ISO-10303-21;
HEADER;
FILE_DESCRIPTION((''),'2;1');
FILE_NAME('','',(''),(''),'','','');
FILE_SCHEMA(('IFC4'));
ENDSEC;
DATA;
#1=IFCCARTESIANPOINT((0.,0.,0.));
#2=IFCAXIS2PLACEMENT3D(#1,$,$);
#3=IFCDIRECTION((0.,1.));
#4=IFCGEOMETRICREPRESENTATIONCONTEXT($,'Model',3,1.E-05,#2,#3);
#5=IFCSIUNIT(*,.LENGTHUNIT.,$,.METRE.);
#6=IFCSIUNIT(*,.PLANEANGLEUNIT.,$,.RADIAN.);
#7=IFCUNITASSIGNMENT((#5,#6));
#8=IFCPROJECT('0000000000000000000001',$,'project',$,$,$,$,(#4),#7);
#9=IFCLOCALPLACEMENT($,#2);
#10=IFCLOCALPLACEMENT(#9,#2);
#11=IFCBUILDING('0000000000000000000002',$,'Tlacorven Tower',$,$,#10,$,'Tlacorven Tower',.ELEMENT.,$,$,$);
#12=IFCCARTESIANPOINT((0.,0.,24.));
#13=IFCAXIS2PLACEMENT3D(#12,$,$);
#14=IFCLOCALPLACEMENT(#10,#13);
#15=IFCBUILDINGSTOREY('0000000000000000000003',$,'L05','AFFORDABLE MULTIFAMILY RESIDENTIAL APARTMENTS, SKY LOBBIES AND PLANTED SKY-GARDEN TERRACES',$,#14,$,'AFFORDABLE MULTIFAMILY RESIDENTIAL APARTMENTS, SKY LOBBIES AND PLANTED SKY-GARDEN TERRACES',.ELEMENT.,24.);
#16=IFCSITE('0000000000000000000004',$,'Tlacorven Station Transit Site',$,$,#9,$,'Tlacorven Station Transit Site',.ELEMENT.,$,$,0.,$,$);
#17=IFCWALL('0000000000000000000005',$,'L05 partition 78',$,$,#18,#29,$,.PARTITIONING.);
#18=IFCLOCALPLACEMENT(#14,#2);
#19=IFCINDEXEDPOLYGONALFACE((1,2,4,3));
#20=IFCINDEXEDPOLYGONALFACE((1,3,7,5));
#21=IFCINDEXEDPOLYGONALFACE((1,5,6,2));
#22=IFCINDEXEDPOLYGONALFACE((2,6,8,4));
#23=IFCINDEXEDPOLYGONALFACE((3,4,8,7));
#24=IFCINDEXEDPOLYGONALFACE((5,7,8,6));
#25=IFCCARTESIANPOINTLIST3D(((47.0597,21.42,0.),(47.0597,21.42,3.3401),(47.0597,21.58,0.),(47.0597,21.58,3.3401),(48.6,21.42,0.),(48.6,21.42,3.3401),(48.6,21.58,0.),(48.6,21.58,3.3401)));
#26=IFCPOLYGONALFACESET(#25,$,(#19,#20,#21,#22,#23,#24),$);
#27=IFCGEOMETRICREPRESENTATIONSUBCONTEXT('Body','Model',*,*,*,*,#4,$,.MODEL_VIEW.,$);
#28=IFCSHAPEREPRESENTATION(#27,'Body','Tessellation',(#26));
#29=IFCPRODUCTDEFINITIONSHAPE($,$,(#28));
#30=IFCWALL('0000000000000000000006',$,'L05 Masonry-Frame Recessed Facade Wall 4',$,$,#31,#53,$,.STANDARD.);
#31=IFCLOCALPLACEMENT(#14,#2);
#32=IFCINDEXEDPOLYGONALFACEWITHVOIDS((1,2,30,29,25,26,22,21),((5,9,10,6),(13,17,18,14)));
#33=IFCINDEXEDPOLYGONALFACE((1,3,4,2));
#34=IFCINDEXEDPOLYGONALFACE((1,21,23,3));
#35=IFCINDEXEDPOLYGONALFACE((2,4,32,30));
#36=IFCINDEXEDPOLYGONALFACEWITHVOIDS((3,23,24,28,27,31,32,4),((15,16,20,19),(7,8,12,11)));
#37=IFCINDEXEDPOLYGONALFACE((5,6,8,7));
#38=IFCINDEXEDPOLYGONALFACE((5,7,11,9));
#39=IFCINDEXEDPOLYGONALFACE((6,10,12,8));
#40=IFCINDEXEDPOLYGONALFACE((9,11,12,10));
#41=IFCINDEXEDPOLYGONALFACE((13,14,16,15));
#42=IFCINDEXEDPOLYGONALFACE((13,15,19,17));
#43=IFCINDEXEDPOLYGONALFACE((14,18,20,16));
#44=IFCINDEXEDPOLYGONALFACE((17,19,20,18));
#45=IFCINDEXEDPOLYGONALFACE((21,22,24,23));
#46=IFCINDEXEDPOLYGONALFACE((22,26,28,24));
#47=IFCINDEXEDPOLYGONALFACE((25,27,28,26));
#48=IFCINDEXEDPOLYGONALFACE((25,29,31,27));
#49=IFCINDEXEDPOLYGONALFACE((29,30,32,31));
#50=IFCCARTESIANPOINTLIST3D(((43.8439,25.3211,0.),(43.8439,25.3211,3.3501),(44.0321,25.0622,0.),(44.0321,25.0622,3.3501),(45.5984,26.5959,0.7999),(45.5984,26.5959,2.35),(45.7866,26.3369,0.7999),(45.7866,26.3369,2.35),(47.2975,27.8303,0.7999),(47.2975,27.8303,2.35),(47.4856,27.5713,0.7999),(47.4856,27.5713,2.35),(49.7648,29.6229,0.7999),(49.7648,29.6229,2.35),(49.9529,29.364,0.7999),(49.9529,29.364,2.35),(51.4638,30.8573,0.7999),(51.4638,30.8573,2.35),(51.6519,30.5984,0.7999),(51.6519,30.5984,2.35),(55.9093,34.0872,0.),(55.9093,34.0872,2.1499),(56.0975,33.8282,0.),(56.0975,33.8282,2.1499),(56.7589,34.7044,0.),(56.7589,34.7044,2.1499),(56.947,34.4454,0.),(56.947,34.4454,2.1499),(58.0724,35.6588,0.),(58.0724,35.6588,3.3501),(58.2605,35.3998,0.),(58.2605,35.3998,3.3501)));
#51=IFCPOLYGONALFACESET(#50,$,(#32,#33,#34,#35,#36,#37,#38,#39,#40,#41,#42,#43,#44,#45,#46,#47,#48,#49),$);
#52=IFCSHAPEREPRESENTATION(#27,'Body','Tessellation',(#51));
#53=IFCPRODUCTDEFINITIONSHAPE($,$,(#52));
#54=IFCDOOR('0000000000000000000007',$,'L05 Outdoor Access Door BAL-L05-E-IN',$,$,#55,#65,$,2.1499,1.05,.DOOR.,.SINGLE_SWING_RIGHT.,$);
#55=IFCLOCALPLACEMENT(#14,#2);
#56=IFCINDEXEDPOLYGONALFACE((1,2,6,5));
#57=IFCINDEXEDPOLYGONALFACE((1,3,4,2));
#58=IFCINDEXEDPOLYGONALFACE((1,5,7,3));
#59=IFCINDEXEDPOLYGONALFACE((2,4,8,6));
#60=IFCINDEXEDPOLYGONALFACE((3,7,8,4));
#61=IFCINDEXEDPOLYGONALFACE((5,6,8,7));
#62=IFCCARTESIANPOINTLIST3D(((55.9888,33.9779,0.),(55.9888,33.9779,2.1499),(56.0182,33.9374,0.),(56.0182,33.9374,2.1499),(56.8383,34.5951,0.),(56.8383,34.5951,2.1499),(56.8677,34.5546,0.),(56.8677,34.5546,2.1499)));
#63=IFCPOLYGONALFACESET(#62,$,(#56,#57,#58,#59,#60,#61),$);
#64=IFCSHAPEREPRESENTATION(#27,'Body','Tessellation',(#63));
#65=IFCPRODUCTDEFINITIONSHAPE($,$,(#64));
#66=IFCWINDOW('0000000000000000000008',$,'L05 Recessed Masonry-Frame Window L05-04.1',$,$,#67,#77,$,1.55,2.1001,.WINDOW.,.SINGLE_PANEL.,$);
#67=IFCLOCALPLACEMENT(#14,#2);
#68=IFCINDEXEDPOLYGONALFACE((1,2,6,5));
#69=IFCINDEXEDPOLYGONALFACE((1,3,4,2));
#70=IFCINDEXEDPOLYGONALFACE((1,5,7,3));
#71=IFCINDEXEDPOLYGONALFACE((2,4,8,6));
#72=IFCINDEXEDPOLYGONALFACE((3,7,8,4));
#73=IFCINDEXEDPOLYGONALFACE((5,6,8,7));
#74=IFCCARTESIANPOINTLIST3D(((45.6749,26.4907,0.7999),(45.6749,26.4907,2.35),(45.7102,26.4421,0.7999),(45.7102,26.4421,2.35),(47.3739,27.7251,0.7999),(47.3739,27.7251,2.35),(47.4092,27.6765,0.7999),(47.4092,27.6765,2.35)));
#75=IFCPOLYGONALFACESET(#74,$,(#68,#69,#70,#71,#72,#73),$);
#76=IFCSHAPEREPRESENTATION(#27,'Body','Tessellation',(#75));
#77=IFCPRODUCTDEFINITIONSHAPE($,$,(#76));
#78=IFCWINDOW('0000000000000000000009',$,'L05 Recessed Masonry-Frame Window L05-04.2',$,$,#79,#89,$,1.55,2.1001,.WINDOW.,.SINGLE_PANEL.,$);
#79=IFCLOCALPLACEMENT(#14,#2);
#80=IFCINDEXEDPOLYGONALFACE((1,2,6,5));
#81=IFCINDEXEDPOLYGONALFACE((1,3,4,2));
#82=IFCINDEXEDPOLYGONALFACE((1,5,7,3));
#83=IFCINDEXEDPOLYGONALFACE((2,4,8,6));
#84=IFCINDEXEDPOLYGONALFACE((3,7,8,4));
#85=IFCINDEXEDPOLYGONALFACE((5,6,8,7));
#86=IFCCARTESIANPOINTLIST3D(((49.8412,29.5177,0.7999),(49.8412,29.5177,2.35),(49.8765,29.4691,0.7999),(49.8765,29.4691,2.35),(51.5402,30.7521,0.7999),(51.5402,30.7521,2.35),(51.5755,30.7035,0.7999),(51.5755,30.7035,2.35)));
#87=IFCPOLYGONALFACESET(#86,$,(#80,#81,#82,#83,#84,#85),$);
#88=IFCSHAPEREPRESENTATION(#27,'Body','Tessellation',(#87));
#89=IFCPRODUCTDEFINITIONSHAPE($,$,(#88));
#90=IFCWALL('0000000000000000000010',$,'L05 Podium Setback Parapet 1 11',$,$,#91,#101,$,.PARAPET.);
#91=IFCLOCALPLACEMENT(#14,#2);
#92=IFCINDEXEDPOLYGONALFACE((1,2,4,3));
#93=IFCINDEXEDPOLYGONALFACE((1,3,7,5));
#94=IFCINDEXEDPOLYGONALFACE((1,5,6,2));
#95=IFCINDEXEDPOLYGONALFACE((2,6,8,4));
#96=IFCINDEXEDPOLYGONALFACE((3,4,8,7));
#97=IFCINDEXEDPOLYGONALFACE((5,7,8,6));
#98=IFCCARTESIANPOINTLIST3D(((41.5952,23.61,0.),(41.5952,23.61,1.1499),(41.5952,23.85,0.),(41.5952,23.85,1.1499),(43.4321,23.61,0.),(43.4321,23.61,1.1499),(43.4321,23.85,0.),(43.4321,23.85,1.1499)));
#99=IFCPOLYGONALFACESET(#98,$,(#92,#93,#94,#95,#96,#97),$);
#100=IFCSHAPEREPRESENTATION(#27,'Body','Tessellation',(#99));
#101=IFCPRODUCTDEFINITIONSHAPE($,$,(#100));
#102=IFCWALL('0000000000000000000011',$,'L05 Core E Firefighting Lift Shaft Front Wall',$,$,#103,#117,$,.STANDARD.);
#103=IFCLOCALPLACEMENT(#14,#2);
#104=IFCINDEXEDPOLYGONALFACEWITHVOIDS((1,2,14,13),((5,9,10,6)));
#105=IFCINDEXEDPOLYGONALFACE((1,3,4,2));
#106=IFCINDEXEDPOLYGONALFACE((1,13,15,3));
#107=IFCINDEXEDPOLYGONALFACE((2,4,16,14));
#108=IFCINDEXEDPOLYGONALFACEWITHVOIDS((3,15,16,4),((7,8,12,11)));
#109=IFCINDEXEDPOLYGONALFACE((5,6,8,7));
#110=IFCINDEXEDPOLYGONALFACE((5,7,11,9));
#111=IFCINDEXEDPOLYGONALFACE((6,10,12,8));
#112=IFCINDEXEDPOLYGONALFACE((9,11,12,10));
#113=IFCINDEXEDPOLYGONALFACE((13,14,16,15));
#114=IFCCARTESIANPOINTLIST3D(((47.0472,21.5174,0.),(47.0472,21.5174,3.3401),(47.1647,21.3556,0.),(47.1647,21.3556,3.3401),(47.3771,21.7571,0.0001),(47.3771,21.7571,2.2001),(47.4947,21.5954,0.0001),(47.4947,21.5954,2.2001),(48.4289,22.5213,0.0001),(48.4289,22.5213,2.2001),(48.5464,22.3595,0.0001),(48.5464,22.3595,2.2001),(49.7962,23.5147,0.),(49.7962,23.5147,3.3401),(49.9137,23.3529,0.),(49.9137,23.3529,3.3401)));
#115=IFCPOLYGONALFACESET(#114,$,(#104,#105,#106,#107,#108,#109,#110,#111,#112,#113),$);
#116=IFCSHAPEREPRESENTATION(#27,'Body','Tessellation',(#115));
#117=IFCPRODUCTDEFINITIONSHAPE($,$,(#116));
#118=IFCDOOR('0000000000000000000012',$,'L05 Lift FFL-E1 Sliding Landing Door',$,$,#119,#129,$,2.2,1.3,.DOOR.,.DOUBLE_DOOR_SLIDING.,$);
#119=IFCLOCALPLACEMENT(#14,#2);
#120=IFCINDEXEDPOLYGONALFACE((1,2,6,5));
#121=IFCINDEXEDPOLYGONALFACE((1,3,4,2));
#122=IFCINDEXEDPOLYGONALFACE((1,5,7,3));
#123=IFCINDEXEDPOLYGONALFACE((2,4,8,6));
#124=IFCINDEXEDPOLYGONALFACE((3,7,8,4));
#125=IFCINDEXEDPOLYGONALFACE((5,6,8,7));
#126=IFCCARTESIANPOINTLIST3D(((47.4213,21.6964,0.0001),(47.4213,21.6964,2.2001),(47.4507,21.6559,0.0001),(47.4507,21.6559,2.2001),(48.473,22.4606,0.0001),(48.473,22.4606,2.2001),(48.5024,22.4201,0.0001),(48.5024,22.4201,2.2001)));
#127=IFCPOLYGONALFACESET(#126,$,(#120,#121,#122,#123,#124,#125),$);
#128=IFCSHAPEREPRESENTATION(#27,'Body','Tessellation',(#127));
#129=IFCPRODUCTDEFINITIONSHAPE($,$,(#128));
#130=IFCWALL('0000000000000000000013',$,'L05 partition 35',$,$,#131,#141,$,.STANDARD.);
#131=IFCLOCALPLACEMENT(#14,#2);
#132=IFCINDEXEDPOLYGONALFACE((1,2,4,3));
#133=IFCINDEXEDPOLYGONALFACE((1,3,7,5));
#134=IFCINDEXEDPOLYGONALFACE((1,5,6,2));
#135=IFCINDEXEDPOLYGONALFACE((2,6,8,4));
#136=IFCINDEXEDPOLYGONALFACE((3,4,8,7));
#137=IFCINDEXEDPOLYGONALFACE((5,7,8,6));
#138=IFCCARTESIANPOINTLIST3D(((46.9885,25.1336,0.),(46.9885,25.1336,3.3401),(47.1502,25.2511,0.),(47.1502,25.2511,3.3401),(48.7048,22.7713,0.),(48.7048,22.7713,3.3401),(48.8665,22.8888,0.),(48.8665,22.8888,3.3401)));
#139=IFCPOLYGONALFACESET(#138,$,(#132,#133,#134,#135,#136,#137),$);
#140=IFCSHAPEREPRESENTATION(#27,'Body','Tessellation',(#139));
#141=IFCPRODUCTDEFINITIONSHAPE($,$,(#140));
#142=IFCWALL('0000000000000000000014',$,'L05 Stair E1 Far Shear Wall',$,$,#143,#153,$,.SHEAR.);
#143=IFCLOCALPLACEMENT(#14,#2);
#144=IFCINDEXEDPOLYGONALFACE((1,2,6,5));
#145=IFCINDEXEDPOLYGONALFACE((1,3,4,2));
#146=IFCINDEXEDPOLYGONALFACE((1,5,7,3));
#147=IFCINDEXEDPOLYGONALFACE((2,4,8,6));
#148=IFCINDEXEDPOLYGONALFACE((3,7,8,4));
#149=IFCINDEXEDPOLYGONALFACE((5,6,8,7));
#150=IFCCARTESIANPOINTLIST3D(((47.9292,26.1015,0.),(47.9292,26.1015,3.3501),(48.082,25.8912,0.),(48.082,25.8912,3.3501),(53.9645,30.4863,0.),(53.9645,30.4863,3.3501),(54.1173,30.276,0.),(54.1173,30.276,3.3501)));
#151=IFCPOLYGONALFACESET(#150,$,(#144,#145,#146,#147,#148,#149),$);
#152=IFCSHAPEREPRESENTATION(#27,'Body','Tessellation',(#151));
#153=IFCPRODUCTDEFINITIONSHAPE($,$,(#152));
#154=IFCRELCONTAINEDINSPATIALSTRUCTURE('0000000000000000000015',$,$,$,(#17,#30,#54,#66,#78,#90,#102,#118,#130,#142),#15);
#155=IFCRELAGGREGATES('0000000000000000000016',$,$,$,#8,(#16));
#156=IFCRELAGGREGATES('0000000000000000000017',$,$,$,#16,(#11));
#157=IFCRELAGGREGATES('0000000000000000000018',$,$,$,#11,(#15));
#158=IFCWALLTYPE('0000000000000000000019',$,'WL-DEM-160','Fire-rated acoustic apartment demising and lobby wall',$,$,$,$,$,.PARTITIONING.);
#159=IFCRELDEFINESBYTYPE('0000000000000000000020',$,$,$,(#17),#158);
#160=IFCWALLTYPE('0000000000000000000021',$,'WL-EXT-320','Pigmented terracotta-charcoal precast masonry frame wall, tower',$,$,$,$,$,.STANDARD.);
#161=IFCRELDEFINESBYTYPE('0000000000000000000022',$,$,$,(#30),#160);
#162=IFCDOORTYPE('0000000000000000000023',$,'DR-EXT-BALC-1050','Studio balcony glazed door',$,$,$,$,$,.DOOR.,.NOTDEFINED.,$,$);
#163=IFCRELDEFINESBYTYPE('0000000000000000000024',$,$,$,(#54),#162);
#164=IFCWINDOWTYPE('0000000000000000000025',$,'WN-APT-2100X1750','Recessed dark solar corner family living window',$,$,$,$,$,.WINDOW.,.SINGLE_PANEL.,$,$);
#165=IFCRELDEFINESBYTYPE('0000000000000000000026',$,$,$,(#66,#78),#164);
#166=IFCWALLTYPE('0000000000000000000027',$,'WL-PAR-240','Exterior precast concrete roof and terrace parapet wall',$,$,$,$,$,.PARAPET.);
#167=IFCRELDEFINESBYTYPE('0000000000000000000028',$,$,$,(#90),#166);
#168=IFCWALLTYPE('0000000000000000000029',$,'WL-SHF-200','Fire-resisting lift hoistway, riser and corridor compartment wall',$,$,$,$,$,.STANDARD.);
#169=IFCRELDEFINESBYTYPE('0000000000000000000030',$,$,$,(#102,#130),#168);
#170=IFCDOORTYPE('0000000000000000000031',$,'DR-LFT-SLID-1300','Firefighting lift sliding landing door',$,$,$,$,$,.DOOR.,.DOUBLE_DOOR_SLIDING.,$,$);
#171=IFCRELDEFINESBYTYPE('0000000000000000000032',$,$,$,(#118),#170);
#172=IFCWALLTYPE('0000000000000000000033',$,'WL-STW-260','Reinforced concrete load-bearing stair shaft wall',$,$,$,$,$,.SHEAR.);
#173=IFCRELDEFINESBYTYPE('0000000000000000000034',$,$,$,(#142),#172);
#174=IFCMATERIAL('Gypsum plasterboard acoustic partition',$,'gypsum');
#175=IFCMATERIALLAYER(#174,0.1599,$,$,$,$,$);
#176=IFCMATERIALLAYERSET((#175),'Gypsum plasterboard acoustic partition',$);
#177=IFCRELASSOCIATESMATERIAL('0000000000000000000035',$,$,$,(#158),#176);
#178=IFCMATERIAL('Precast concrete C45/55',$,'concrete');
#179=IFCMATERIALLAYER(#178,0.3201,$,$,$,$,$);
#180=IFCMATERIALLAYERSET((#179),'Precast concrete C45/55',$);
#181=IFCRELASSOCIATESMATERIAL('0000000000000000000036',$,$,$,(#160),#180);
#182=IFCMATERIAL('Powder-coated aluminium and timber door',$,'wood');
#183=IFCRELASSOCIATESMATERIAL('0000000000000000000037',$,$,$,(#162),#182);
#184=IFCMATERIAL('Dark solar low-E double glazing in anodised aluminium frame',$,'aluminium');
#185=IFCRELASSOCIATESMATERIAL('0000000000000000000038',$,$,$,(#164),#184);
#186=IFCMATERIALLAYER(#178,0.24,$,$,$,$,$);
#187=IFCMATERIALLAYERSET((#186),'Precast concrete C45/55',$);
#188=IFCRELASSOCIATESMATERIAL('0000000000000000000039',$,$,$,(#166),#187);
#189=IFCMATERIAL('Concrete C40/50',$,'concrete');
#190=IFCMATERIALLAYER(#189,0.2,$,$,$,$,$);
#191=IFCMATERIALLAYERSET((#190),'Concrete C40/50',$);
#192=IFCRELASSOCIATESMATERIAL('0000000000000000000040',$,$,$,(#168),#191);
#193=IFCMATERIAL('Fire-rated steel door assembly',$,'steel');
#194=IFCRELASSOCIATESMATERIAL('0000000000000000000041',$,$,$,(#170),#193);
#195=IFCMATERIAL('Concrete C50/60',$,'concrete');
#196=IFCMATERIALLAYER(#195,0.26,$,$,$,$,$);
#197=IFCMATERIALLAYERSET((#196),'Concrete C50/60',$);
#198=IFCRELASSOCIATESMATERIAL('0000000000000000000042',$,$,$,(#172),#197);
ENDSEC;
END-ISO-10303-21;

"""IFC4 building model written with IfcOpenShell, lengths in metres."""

from ifc_helpers import new_model, si_unit, direction, frame, frame_2d, origin, place, context, subcontext, project, spatial, rectangle, extrude, source, transform, mapped, material, layer, layer_set, type_object, element, fill, save


model = new_model("IFC4")

# Units and contexts
model_context = context("Model", 3, precision=1e-05, world=origin(), true_north=direction((0.0, 1.0)))
body_context = subcontext(model_context, "Body", "Model", "MODEL_VIEW")
ifc_project = project(units=[si_unit("LENGTHUNIT", "METRE"), si_unit("PLANEANGLEUNIT", "RADIAN")], contexts=[model_context])

# Site, building, storey
site_placement = place(None, origin())
site = spatial("IfcSite", under=ifc_project, at=site_placement, Name="Tlacorven Station Transit Site", LongName="Tlacorven Station Transit Site", CompositionType="ELEMENT", RefElevation=0.0)
building_placement = place(site_placement, origin())
building = spatial("IfcBuilding", under=site, at=building_placement, Name="Tlacorven Tower", LongName="Tlacorven Tower", CompositionType="ELEMENT")
storey_placement = place(building_placement, frame((0.0, 0.0, 24.0)))
storey = spatial("IfcBuildingStorey", under=building, at=storey_placement, Name="L05", Description="AFFORDABLE MULTIFAMILY RESIDENTIAL APARTMENTS, SKY LOBBIES AND PLANTED SKY-GARDEN TERRACES", LongName="AFFORDABLE MULTIFAMILY RESIDENTIAL APARTMENTS, SKY LOBBIES AND PLANTED SKY-GARDEN TERRACES", CompositionType="ELEMENT", Elevation=24.0)

# Wall
ifc_material_1 = material(Name="Gypsum plasterboard acoustic partition", Category="gypsum")
ifc_layer_1 = layer(ifc_material_1, 0.1599)
ifc_layer_set_1 = layer_set([ifc_layer_1], Name="Gypsum plasterboard acoustic partition")
wall_type_1 = type_object("IfcWallType", Name="WL-DEM-160", Description="Fire-rated acoustic apartment demising and lobby wall", PredefinedType="PARTITIONING", material=ifc_layer_set_1)
wall_1_placement = place(storey_placement, frame((47.0598, 21.5, 0.0), z_axis=(0.0, 0.0, 1.0), x_axis=(1.0, 0.0, 0.0)))
element("IfcWall", 1, at=wall_1_placement, inside=storey, type_object=wall_type_1, Name="L05 partition 78", PredefinedType="PARTITIONING", context=body_context, shape_type="SweptSolid", body=[
    extrude(rectangle(XDim=1.5403, YDim=0.1599, at=frame_2d((0.77, 0.0))), origin(), (0.0, 0.0, 1.0), 3.3401),
])

# Wall, openings, door, windows
ifc_material_2 = material(Name="Precast concrete C45/55", Category="concrete")
ifc_layer_2 = layer(ifc_material_2, 0.3201)
ifc_layer_set_2 = layer_set([ifc_layer_2], Name="Precast concrete C45/55")
wall_type_2 = type_object("IfcWallType", Name="WL-EXT-320", Description="Pigmented terracotta-charcoal precast masonry frame wall, tower", PredefinedType="STANDARD", material=ifc_layer_set_2)
wall_2_placement = place(storey_placement, frame((43.938, 25.1917, 0.0), z_axis=(0.0, 0.0, 1.0), x_axis=(0.809016, 0.587786, 0.0)))
wall_2 = element("IfcWall", 2, at=wall_2_placement, inside=storey, type_object=wall_type_2, Name="L05 Masonry-Frame Recessed Facade Wall 4", PredefinedType="STANDARD", context=body_context, shape_type="SweptSolid", body=[
    extrude(rectangle(XDim=17.5874, YDim=0.3201, at=frame_2d((8.7937, 0.0))), origin(), (0.0, 0.0, 1.0), 3.3501),
])
opening_1_placement = place(wall_2_placement, frame((14.9138, 0.0, 0.0)))
opening_1 = element("IfcOpeningElement", 3, at=opening_1_placement, cuts=wall_2, PredefinedType="OPENING", context=body_context, shape_type="SweptSolid", body=[
    extrude(rectangle(XDim=1.05, YDim=2.1499, at=frame_2d((0.5249, 1.075))), frame((0.0, 0.1699, 0.0), z_axis=(0.0, -1.0, 0.0), x_axis=(1.0, 0.0, 0.0)), (0.0, 0.0, 1.0), 0.3401),
])
opening_2_placement = place(wall_2_placement, frame((2.1687, 0.0, 0.8)))
opening_2 = element("IfcOpeningElement", 4, at=opening_2_placement, cuts=wall_2, PredefinedType="OPENING", context=body_context, shape_type="SweptSolid", body=[
    extrude(rectangle(XDim=2.1001, YDim=1.55, at=frame_2d((1.05, 0.7749))), frame((0.0, 0.1699, 0.0), z_axis=(0.0, -1.0, 0.0), x_axis=(1.0, 0.0, 0.0)), (0.0, 0.0, 1.0), 0.3401),
])
opening_3_placement = place(wall_2_placement, frame((7.3186, 0.0, 0.8)))
opening_3 = element("IfcOpeningElement", 5, at=opening_3_placement, cuts=wall_2, PredefinedType="OPENING", context=body_context, shape_type="SweptSolid", body=[
    extrude(rectangle(XDim=2.1001, YDim=1.55, at=frame_2d((1.05, 0.7749))), frame((0.0, 0.1699, 0.0), z_axis=(0.0, -1.0, 0.0), x_axis=(1.0, 0.0, 0.0)), (0.0, 0.0, 1.0), 0.3401),
])
ifc_material_3 = material(Name="Powder-coated aluminium and timber door", Category="wood")
door_type_1 = type_object("IfcDoorType", Name="DR-EXT-BALC-1050", Description="Studio balcony glazed door", OperationType="NOTDEFINED", PredefinedType="DOOR", material=ifc_material_3)
shared_shape_1 = source(origin(), body_context, "Body", "SweptSolid", [
    extrude(rectangle(XDim=1.05, YDim=2.1499, at=frame_2d((0.5249, 1.075))), frame((0.0, 0.0249, 0.0), z_axis=(0.0, -1.0, 0.0), x_axis=(1.0, 0.0, 0.0)), (0.0, 0.0, 1.0), 0.05),
])
door_1_placement = place(opening_1_placement, origin())
door_1 = element("IfcDoor", 6, at=door_1_placement, inside=storey, type_object=door_type_1, Name="L05 Outdoor Access Door BAL-L05-E-IN", OperationType="SINGLE_SWING_RIGHT", OverallHeight=2.1499, OverallWidth=1.05, PredefinedType="DOOR", context=body_context, shape_type="MappedRepresentation", body=[
    mapped(shared_shape_1, transform((0.0, 0.0, 0.0), scale=1.0)),
])
fill(opening_1, door_1)
ifc_material_4 = material(Name="Dark solar low-E double glazing in anodised aluminium frame", Category="aluminium")
window_type = type_object("IfcWindowType", Name="WN-APT-2100X1750", Description="Recessed dark solar corner family living window", PartitioningType="SINGLE_PANEL", PredefinedType="WINDOW", material=ifc_material_4)
shared_shape_2 = source(origin(), body_context, "Body", "SweptSolid", [
    extrude(rectangle(XDim=2.1001, YDim=1.55, at=frame_2d((1.05, 0.7749))), frame((0.0, 0.03, 0.0), z_axis=(0.0, -1.0, 0.0), x_axis=(1.0, 0.0, 0.0)), (0.0, 0.0, 1.0), 0.0601),
])
window_1_placement = place(opening_2_placement, origin())
window_1 = element("IfcWindow", 7, at=window_1_placement, inside=storey, type_object=window_type, Name="L05 Recessed Masonry-Frame Window L05-04.1", OverallHeight=1.55, OverallWidth=2.1001, PartitioningType="SINGLE_PANEL", PredefinedType="WINDOW", context=body_context, shape_type="MappedRepresentation", body=[
    mapped(shared_shape_2, transform((0.0, 0.0, 0.0), scale=1.0)),
])
fill(opening_2, window_1)
window_2_placement = place(opening_3_placement, origin())
window_2 = element("IfcWindow", 8, at=window_2_placement, inside=storey, type_object=window_type, Name="L05 Recessed Masonry-Frame Window L05-04.2", OverallHeight=1.55, OverallWidth=2.1001, PartitioningType="SINGLE_PANEL", PredefinedType="WINDOW", context=body_context, shape_type="MappedRepresentation", body=[
    mapped(shared_shape_2, transform((0.0, 0.0, 0.0), scale=1.0)),
])
fill(opening_3, window_2)

# Wall
ifc_layer_3 = layer(ifc_material_2, 0.24)
ifc_layer_set_3 = layer_set([ifc_layer_3], Name="Precast concrete C45/55")
wall_type_3 = type_object("IfcWallType", Name="WL-PAR-240", Description="Exterior precast concrete roof and terrace parapet wall", PredefinedType="PARAPET", material=ifc_layer_set_3)
wall_3_placement = place(storey_placement, frame((43.4321, 23.73, 0.0), z_axis=(0.0, 0.0, 1.0), x_axis=(-1.0, 0.0, 0.0)))
element("IfcWall", 9, at=wall_3_placement, inside=storey, type_object=wall_type_3, Name="L05 Podium Setback Parapet 1 11", PredefinedType="PARAPET", context=body_context, shape_type="SweptSolid", body=[
    extrude(rectangle(XDim=1.8369, YDim=0.24, at=frame_2d((0.9185, 0.0))), origin(), (0.0, 0.0, 1.0), 1.1499),
])

# Wall, opening, door
ifc_material_5 = material(Name="Concrete C40/50", Category="concrete")
ifc_layer_4 = layer(ifc_material_5, 0.2)
ifc_layer_set_4 = layer_set([ifc_layer_4], Name="Concrete C40/50")
wall_type_4 = type_object("IfcWallType", Name="WL-SHF-200", Description="Fire-resisting lift hoistway, riser and corridor compartment wall", PredefinedType="STANDARD", material=ifc_layer_set_4)
wall_4_placement = place(storey_placement, frame((47.106, 21.4365, 0.0), z_axis=(0.0, 0.0, 1.0), x_axis=(0.809013, 0.587791, 0.0)))
wall_4 = element("IfcWall", 10, at=wall_4_placement, inside=storey, type_object=wall_type_4, Name="L05 Core E Firefighting Lift Shaft Front Wall", PredefinedType="STANDARD", context=body_context, shape_type="SweptSolid", body=[
    extrude(rectangle(XDim=3.3979, YDim=0.2, at=frame_2d((1.699, 0.0))), origin(), (0.0, 0.0, 1.0), 3.3401),
])
opening_4_placement = place(wall_4_placement, frame((0.408, 0.0, 0.0)))
opening_4 = element("IfcOpeningElement", 11, at=opening_4_placement, cuts=wall_4, PredefinedType="OPENING", context=body_context, shape_type="SweptSolid", body=[
    extrude(rectangle(XDim=1.3, YDim=2.2, at=frame_2d((0.6499, 1.1001))), frame((0.0, 0.1099, 0.0), z_axis=(0.0, -1.0, 0.0), x_axis=(1.0, 0.0, 0.0)), (0.0, 0.0, 1.0), 0.22),
])
ifc_material_6 = material(Name="Fire-rated steel door assembly", Category="steel")
door_type_2 = type_object("IfcDoorType", Name="DR-LFT-SLID-1300", Description="Firefighting lift sliding landing door", OperationType="DOUBLE_DOOR_SLIDING", PredefinedType="DOOR", material=ifc_material_6)
shared_shape_3 = source(origin(), body_context, "Body", "SweptSolid", [
    extrude(rectangle(XDim=1.3, YDim=2.2, at=frame_2d((0.6499, 1.1001))), frame((0.0, 0.0249, 0.0), z_axis=(0.0, -1.0, 0.0), x_axis=(1.0, 0.0, 0.0)), (0.0, 0.0, 1.0), 0.05),
])
door_2_placement = place(opening_4_placement, origin())
door_2 = element("IfcDoor", 12, at=door_2_placement, inside=storey, type_object=door_type_2, Name="L05 Lift FFL-E1 Sliding Landing Door", OperationType="DOUBLE_DOOR_SLIDING", OverallHeight=2.2, OverallWidth=1.3, PredefinedType="DOOR", context=body_context, shape_type="MappedRepresentation", body=[
    mapped(shared_shape_3, transform((0.0, 0.0, 0.0), scale=1.0)),
])
fill(opening_4, door_2)

# Walls
wall_5_placement = place(storey_placement, frame((48.7856, 22.8301, 0.0), z_axis=(0.0, 0.0, 1.0), x_axis=(-0.587784, 0.809018, 0.0)))
element("IfcWall", 13, at=wall_5_placement, inside=storey, type_object=wall_type_4, Name="L05 partition 35", PredefinedType="STANDARD", context=body_context, shape_type="SweptSolid", body=[
    extrude(rectangle(XDim=2.9199, YDim=0.2, at=frame_2d((1.46, 0.0))), origin(), (0.0, 0.0, 1.0), 3.3401),
])
ifc_material_7 = material(Name="Concrete C50/60", Category="concrete")
ifc_layer_5 = layer(ifc_material_7, 0.26)
ifc_layer_set_5 = layer_set([ifc_layer_5], Name="Concrete C50/60")
wall_type_5 = type_object("IfcWallType", Name="WL-STW-260", Description="Reinforced concrete load-bearing stair shaft wall", PredefinedType="SHEAR", material=ifc_layer_set_5)
wall_6_placement = place(storey_placement, frame((48.0056, 25.9963, 0.0), z_axis=(0.0, 0.0, 1.0), x_axis=(0.809019, 0.587782, 0.0)))
element("IfcWall", 14, at=wall_6_placement, inside=storey, type_object=wall_type_5, Name="L05 Stair E1 Far Shear Wall", PredefinedType="SHEAR", context=body_context, shape_type="SweptSolid", body=[
    extrude(rectangle(XDim=7.46, YDim=0.26, at=frame_2d((3.73, 0.0))), origin(), (0.0, 0.0, 1.0), 3.3501),
])

save(model, "model.ifc")
